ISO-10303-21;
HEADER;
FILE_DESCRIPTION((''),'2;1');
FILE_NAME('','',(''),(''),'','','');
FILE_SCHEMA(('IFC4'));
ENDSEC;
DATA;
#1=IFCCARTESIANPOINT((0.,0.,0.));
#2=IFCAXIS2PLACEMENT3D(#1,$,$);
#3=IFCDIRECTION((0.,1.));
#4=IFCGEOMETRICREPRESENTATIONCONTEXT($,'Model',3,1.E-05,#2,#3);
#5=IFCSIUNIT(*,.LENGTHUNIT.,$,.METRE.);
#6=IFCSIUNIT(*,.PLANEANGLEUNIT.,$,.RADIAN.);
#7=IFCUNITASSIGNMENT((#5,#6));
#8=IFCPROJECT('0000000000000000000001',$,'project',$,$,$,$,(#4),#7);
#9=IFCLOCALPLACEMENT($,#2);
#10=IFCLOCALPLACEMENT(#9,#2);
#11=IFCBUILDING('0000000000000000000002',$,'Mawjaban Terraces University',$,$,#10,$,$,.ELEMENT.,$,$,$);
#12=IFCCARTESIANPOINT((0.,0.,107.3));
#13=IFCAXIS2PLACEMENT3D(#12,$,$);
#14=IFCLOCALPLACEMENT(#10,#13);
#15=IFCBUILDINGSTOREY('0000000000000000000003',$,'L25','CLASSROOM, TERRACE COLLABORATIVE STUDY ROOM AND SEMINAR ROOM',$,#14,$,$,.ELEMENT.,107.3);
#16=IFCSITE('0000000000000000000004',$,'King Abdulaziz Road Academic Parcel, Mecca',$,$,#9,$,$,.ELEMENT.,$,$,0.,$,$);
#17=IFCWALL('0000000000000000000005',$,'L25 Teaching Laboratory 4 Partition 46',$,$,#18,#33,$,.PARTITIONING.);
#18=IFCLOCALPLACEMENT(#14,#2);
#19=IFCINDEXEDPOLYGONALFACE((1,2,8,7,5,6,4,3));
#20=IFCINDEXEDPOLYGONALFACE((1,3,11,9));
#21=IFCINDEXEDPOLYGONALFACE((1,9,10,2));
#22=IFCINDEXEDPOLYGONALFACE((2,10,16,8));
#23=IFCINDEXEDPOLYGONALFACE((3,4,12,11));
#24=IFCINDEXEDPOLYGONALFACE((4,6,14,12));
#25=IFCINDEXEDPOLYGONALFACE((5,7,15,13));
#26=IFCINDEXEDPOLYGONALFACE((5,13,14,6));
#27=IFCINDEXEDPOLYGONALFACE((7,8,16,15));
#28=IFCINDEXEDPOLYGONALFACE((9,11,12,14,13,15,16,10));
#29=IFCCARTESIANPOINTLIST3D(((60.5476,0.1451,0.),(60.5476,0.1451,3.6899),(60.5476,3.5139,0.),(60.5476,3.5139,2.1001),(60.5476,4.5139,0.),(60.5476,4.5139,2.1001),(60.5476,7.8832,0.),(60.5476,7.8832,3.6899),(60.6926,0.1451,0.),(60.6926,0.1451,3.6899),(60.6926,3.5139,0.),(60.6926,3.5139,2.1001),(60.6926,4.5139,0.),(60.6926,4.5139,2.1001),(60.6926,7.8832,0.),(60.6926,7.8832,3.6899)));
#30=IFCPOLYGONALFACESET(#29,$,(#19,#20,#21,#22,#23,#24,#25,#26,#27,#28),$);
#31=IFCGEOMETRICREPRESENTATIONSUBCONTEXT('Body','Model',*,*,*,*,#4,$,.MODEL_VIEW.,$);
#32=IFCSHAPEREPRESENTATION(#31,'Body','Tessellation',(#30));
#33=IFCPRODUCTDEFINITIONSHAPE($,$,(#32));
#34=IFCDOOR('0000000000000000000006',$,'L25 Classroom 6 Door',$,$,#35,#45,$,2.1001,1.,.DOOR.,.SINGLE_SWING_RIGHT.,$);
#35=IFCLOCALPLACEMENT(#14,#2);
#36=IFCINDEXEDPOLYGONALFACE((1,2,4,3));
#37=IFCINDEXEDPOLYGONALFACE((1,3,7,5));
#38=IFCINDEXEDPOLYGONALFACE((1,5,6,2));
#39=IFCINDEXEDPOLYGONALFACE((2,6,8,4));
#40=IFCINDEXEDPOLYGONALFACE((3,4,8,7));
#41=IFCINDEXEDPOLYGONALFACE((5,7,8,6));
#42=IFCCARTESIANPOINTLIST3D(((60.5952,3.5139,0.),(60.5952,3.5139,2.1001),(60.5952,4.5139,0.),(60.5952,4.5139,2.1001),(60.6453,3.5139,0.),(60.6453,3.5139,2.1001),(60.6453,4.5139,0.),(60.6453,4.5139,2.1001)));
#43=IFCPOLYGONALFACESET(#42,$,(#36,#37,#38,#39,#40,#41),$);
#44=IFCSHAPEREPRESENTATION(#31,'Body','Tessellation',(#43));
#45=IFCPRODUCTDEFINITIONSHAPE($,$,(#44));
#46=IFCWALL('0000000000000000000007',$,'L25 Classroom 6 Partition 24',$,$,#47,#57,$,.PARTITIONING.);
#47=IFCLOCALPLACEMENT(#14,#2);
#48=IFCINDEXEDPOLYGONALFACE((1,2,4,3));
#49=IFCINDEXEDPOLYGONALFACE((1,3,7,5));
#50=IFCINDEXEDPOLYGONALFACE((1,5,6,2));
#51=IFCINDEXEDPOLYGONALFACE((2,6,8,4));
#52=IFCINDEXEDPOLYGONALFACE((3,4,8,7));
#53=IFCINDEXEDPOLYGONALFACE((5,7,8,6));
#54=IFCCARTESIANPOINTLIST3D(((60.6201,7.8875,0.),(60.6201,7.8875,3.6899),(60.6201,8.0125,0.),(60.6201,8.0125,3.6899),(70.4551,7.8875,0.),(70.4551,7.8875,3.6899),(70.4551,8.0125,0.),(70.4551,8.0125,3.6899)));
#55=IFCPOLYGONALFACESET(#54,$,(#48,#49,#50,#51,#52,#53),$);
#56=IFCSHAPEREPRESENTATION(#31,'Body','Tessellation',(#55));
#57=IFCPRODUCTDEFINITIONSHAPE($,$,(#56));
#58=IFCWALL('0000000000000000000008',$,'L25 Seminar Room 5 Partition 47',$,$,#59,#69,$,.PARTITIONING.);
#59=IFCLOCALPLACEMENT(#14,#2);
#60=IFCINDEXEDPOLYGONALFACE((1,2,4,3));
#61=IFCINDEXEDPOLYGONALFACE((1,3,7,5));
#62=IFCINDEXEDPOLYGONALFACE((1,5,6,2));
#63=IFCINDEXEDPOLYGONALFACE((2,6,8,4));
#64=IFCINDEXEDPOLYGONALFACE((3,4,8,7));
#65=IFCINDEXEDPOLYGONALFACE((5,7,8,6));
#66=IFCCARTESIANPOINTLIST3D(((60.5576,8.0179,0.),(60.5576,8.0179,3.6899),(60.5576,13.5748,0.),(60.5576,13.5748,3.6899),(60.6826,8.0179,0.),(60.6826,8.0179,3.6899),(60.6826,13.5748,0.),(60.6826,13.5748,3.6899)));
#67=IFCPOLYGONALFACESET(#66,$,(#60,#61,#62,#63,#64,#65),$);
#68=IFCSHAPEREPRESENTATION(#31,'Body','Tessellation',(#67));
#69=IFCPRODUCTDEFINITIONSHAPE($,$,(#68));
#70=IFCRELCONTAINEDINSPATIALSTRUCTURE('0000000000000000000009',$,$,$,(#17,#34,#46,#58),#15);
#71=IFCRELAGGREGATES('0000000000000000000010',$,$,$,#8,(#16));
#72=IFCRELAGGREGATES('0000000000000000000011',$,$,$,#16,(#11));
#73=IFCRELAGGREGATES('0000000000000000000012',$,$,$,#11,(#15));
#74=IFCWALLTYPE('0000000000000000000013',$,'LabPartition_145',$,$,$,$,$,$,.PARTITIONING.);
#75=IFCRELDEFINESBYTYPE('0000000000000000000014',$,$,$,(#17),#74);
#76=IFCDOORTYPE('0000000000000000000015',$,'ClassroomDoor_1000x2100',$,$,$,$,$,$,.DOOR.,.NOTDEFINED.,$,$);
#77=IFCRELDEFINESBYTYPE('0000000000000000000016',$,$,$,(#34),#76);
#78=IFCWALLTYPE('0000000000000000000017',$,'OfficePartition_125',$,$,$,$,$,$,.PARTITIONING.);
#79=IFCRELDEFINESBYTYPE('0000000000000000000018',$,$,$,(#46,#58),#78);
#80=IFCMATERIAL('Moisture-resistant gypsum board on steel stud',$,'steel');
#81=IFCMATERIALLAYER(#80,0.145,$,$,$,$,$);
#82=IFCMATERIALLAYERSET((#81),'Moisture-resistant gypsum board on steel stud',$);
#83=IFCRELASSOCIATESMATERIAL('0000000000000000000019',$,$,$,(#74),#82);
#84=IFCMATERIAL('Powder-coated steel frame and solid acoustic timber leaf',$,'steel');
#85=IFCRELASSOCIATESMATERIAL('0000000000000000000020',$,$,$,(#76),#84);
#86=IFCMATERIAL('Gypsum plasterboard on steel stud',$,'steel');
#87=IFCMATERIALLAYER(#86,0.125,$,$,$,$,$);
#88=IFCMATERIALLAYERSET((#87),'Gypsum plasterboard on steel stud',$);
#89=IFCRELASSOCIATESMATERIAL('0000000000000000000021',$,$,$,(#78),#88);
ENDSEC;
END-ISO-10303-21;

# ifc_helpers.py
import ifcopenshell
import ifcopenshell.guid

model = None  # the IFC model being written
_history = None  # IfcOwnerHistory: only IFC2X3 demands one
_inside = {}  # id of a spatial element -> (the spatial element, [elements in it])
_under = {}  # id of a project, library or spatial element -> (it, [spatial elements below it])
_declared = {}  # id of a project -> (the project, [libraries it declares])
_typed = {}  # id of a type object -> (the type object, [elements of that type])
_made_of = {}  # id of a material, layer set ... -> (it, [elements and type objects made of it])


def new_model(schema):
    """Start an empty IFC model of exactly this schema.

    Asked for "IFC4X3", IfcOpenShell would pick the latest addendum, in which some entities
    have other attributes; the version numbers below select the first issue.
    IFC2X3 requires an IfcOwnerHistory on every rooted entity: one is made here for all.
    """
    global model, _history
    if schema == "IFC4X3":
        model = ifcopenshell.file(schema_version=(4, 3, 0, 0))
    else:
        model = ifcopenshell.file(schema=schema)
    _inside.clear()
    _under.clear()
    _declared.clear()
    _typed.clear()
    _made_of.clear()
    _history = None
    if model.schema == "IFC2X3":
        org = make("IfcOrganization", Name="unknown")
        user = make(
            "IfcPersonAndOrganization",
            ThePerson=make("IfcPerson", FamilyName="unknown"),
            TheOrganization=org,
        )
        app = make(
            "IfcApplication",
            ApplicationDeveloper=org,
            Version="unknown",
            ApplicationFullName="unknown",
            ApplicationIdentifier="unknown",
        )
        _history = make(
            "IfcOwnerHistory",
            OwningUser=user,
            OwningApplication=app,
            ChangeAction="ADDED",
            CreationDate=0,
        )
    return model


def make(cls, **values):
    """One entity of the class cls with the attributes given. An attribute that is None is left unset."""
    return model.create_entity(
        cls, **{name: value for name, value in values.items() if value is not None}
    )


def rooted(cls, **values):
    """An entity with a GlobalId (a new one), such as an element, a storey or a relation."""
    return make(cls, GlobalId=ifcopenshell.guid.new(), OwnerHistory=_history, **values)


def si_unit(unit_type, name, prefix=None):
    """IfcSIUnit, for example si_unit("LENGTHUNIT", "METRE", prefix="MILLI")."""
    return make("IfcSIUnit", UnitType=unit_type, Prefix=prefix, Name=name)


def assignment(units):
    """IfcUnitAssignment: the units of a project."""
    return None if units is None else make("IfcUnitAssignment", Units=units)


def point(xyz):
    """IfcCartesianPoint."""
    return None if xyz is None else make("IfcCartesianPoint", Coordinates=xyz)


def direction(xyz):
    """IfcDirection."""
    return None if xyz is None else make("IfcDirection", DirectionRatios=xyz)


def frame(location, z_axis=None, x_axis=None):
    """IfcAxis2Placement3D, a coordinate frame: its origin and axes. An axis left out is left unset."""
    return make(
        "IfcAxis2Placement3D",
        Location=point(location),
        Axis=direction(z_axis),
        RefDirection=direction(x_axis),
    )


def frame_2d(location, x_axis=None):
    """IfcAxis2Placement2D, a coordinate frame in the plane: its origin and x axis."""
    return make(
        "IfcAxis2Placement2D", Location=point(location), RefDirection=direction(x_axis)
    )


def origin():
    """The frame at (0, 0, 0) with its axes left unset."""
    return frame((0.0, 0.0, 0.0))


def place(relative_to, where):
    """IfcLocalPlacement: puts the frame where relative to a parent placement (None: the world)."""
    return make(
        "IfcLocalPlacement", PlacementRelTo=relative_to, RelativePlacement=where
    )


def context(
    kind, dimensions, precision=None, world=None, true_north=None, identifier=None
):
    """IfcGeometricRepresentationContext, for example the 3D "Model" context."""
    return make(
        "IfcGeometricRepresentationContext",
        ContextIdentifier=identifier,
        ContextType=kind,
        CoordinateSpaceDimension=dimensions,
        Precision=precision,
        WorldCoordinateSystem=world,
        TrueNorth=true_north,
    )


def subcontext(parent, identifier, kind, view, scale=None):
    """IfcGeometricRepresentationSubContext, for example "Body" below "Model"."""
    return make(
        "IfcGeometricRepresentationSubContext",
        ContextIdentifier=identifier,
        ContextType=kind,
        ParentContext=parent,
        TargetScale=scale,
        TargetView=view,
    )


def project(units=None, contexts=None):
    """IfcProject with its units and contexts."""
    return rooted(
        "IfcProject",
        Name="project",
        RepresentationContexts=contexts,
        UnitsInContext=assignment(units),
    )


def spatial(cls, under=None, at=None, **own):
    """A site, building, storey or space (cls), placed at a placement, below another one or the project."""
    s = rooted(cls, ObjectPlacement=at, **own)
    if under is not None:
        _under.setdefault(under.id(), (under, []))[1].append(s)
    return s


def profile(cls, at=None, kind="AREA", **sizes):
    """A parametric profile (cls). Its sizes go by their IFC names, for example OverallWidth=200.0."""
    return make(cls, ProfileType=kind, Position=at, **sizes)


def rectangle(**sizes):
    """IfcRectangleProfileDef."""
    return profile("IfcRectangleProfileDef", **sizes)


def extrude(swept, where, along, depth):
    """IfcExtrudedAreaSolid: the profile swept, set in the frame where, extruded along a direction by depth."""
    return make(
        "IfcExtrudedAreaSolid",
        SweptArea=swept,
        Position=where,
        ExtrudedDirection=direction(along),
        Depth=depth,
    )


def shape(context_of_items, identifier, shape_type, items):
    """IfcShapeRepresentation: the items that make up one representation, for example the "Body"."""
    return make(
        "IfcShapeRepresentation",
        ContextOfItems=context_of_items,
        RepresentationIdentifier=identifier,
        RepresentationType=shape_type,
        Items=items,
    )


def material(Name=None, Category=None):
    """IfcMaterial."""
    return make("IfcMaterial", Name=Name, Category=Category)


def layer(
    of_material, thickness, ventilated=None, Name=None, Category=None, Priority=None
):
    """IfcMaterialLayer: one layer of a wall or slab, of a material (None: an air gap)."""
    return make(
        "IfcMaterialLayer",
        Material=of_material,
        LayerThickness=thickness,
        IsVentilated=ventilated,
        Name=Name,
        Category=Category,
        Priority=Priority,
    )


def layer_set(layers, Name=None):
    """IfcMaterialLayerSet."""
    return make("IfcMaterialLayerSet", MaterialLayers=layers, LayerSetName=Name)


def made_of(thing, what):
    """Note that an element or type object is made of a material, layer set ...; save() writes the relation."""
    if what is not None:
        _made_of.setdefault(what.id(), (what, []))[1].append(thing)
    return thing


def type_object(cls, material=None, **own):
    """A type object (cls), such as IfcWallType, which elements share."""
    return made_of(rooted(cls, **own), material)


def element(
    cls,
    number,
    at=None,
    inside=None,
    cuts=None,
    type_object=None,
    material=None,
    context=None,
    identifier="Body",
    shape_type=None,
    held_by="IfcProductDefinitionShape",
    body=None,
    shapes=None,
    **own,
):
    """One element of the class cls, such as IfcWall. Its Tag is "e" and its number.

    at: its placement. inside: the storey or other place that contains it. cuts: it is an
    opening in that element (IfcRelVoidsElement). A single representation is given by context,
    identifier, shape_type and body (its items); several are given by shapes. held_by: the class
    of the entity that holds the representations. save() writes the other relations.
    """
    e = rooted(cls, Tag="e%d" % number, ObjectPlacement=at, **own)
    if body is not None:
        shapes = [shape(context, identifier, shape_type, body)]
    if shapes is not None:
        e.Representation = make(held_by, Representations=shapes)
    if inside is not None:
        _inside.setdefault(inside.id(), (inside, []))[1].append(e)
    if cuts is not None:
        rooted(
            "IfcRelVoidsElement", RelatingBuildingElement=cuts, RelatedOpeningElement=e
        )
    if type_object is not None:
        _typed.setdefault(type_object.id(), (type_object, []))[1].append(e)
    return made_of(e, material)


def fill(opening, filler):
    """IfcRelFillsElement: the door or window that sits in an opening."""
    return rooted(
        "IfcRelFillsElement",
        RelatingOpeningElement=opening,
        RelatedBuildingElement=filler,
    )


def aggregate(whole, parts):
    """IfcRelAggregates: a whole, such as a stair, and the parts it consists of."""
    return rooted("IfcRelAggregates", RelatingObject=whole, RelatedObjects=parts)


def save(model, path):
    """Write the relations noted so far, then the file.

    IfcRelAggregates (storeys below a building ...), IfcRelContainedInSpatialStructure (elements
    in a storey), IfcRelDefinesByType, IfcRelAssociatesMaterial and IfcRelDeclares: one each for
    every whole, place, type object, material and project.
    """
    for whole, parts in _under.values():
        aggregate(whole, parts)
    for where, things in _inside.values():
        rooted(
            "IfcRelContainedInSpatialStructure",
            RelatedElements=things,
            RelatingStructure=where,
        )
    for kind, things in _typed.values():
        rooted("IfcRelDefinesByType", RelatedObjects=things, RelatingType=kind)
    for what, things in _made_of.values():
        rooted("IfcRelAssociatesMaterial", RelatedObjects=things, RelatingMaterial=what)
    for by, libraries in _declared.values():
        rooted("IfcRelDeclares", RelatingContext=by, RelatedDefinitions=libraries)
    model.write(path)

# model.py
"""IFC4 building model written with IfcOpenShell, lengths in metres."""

from ifc_helpers import new_model, si_unit, direction, frame, frame_2d, origin, place, context, subcontext, project, spatial, rectangle, extrude, material, layer, layer_set, type_object, element, fill, save


model = new_model("IFC4")

# Units and contexts
model_context = context("Model", 3, precision=1e-05, world=origin(), true_north=direction((0.0, 1.0)))
body_context = subcontext(model_context, "Body", "Model", "MODEL_VIEW")
ifc_project = project(units=[si_unit("LENGTHUNIT", "METRE"), si_unit("PLANEANGLEUNIT", "RADIAN")], contexts=[model_context])

# Site, building, storey
site_placement = place(None, origin())
site = spatial("IfcSite", under=ifc_project, at=site_placement, Name="King Abdulaziz Road Academic Parcel, Mecca", CompositionType="ELEMENT", RefElevation=0.0)
building_placement = place(site_placement, origin())
building = spatial("IfcBuilding", under=site, at=building_placement, Name="Mawjaban Terraces University", CompositionType="ELEMENT")
storey_placement = place(building_placement, frame((0.0, 0.0, 107.3)))
storey = spatial("IfcBuildingStorey", under=building, at=storey_placement, Name="L25", Description="CLASSROOM, TERRACE COLLABORATIVE STUDY ROOM AND SEMINAR ROOM", CompositionType="ELEMENT", Elevation=107.3)

# Shared definitions
ifc_material_1 = material(Name="Powder-coated steel frame and solid acoustic timber leaf", Category="steel")

# Shared definitions
ifc_material_2 = material(Name="Moisture-resistant gypsum board on steel stud", Category="steel")
ifc_layer_1 = layer(ifc_material_2, 0.145)
ifc_layer_set_1 = layer_set([ifc_layer_1], Name="Moisture-resistant gypsum board on steel stud")
wall_type_1 = type_object("IfcWallType", Name="LabPartition_145", PredefinedType="PARTITIONING", material=ifc_layer_set_1)

# Wall, opening, door
wall_1_placement = place(storey_placement, frame((60.6201, 0.145, 0.0), z_axis=(0.0, 0.0, 1.0), x_axis=(0.0, 1.0, 0.0)))
wall_1 = element("IfcWall", 1, at=wall_1_placement, inside=storey, type_object=wall_type_1, Name="L25 Teaching Laboratory 4 Partition 46", PredefinedType="PARTITIONING", context=body_context, shape_type="SweptSolid", body=[
    extrude(rectangle(XDim=7.738, YDim=0.145, at=frame_2d((3.8691, 0.0))), origin(), (0.0, 0.0, 1.0), 3.6899),
])
opening_1_placement = place(wall_1_placement, frame((3.3689, 0.0, 0.0)))
opening_1 = element("IfcOpeningElement", 2, at=opening_1_placement, cuts=wall_1, PredefinedType="OPENING", context=body_context, shape_type="SweptSolid", body=[
    extrude(rectangle(XDim=1.0, YDim=2.1001, at=frame_2d((0.5, 1.05))), frame((0.0, 0.0825, 0.0), z_axis=(0.0, -1.0, 0.0), x_axis=(1.0, 0.0, 0.0)), (0.0, 0.0, 1.0), 0.165),
])
door_type_1 = type_object("IfcDoorType", Name="ClassroomDoor_1000x2100", OperationType="NOTDEFINED", PredefinedType="DOOR", material=ifc_material_1)
door_1_placement = place(opening_1_placement, origin())
door_1 = element("IfcDoor", 3, at=door_1_placement, inside=storey, type_object=door_type_1, Name="L25 Classroom 6 Door", OperationType="SINGLE_SWING_RIGHT", OverallHeight=2.1001, OverallWidth=1.0, PredefinedType="DOOR", context=body_context, shape_type="SweptSolid", body=[
    extrude(rectangle(XDim=1.0, YDim=2.1001, at=frame_2d((0.5, 1.05))), frame((0.0, 0.0249, 0.0), z_axis=(0.0, -1.0, 0.0), x_axis=(1.0, 0.0, 0.0)), (0.0, 0.0, 1.0), 0.05),
])
fill(opening_1, door_1)

# Walls
ifc_material_3 = material(Name="Gypsum plasterboard on steel stud", Category="steel")
ifc_layer_2 = layer(ifc_material_3, 0.125)
ifc_layer_set_2 = layer_set([ifc_layer_2], Name="Gypsum plasterboard on steel stud")
wall_type_2 = type_object("IfcWallType", Name="OfficePartition_125", PredefinedType="PARTITIONING", material=ifc_layer_set_2)
wall_2_placement = place(storey_placement, frame((70.4551, 7.95, 0.0), z_axis=(0.0, 0.0, 1.0), x_axis=(-1.0, 0.0, 0.0)))
element("IfcWall", 4, at=wall_2_placement, inside=storey, type_object=wall_type_2, Name="L25 Classroom 6 Partition 24", PredefinedType="PARTITIONING", context=body_context, shape_type="SweptSolid", body=[
    extrude(rectangle(XDim=9.835, YDim=0.125, at=frame_2d((4.9175, 0.0))), origin(), (0.0, 0.0, 1.0), 3.6899),
])
wall_3_placement = place(storey_placement, frame((60.6201, 8.0181, 0.0), z_axis=(0.0, 0.0, 1.0), x_axis=(0.0, 1.0, 0.0)))
element("IfcWall", 5, at=wall_3_placement, inside=storey, type_object=wall_type_2, Name="L25 Seminar Room 5 Partition 47", PredefinedType="PARTITIONING", context=body_context, shape_type="SweptSolid", body=[
    extrude(rectangle(XDim=5.5569, YDim=0.125, at=frame_2d((2.7783, 0.0))), origin(), (0.0, 0.0, 1.0), 3.6899),
])

save(model, "model.ifc")
